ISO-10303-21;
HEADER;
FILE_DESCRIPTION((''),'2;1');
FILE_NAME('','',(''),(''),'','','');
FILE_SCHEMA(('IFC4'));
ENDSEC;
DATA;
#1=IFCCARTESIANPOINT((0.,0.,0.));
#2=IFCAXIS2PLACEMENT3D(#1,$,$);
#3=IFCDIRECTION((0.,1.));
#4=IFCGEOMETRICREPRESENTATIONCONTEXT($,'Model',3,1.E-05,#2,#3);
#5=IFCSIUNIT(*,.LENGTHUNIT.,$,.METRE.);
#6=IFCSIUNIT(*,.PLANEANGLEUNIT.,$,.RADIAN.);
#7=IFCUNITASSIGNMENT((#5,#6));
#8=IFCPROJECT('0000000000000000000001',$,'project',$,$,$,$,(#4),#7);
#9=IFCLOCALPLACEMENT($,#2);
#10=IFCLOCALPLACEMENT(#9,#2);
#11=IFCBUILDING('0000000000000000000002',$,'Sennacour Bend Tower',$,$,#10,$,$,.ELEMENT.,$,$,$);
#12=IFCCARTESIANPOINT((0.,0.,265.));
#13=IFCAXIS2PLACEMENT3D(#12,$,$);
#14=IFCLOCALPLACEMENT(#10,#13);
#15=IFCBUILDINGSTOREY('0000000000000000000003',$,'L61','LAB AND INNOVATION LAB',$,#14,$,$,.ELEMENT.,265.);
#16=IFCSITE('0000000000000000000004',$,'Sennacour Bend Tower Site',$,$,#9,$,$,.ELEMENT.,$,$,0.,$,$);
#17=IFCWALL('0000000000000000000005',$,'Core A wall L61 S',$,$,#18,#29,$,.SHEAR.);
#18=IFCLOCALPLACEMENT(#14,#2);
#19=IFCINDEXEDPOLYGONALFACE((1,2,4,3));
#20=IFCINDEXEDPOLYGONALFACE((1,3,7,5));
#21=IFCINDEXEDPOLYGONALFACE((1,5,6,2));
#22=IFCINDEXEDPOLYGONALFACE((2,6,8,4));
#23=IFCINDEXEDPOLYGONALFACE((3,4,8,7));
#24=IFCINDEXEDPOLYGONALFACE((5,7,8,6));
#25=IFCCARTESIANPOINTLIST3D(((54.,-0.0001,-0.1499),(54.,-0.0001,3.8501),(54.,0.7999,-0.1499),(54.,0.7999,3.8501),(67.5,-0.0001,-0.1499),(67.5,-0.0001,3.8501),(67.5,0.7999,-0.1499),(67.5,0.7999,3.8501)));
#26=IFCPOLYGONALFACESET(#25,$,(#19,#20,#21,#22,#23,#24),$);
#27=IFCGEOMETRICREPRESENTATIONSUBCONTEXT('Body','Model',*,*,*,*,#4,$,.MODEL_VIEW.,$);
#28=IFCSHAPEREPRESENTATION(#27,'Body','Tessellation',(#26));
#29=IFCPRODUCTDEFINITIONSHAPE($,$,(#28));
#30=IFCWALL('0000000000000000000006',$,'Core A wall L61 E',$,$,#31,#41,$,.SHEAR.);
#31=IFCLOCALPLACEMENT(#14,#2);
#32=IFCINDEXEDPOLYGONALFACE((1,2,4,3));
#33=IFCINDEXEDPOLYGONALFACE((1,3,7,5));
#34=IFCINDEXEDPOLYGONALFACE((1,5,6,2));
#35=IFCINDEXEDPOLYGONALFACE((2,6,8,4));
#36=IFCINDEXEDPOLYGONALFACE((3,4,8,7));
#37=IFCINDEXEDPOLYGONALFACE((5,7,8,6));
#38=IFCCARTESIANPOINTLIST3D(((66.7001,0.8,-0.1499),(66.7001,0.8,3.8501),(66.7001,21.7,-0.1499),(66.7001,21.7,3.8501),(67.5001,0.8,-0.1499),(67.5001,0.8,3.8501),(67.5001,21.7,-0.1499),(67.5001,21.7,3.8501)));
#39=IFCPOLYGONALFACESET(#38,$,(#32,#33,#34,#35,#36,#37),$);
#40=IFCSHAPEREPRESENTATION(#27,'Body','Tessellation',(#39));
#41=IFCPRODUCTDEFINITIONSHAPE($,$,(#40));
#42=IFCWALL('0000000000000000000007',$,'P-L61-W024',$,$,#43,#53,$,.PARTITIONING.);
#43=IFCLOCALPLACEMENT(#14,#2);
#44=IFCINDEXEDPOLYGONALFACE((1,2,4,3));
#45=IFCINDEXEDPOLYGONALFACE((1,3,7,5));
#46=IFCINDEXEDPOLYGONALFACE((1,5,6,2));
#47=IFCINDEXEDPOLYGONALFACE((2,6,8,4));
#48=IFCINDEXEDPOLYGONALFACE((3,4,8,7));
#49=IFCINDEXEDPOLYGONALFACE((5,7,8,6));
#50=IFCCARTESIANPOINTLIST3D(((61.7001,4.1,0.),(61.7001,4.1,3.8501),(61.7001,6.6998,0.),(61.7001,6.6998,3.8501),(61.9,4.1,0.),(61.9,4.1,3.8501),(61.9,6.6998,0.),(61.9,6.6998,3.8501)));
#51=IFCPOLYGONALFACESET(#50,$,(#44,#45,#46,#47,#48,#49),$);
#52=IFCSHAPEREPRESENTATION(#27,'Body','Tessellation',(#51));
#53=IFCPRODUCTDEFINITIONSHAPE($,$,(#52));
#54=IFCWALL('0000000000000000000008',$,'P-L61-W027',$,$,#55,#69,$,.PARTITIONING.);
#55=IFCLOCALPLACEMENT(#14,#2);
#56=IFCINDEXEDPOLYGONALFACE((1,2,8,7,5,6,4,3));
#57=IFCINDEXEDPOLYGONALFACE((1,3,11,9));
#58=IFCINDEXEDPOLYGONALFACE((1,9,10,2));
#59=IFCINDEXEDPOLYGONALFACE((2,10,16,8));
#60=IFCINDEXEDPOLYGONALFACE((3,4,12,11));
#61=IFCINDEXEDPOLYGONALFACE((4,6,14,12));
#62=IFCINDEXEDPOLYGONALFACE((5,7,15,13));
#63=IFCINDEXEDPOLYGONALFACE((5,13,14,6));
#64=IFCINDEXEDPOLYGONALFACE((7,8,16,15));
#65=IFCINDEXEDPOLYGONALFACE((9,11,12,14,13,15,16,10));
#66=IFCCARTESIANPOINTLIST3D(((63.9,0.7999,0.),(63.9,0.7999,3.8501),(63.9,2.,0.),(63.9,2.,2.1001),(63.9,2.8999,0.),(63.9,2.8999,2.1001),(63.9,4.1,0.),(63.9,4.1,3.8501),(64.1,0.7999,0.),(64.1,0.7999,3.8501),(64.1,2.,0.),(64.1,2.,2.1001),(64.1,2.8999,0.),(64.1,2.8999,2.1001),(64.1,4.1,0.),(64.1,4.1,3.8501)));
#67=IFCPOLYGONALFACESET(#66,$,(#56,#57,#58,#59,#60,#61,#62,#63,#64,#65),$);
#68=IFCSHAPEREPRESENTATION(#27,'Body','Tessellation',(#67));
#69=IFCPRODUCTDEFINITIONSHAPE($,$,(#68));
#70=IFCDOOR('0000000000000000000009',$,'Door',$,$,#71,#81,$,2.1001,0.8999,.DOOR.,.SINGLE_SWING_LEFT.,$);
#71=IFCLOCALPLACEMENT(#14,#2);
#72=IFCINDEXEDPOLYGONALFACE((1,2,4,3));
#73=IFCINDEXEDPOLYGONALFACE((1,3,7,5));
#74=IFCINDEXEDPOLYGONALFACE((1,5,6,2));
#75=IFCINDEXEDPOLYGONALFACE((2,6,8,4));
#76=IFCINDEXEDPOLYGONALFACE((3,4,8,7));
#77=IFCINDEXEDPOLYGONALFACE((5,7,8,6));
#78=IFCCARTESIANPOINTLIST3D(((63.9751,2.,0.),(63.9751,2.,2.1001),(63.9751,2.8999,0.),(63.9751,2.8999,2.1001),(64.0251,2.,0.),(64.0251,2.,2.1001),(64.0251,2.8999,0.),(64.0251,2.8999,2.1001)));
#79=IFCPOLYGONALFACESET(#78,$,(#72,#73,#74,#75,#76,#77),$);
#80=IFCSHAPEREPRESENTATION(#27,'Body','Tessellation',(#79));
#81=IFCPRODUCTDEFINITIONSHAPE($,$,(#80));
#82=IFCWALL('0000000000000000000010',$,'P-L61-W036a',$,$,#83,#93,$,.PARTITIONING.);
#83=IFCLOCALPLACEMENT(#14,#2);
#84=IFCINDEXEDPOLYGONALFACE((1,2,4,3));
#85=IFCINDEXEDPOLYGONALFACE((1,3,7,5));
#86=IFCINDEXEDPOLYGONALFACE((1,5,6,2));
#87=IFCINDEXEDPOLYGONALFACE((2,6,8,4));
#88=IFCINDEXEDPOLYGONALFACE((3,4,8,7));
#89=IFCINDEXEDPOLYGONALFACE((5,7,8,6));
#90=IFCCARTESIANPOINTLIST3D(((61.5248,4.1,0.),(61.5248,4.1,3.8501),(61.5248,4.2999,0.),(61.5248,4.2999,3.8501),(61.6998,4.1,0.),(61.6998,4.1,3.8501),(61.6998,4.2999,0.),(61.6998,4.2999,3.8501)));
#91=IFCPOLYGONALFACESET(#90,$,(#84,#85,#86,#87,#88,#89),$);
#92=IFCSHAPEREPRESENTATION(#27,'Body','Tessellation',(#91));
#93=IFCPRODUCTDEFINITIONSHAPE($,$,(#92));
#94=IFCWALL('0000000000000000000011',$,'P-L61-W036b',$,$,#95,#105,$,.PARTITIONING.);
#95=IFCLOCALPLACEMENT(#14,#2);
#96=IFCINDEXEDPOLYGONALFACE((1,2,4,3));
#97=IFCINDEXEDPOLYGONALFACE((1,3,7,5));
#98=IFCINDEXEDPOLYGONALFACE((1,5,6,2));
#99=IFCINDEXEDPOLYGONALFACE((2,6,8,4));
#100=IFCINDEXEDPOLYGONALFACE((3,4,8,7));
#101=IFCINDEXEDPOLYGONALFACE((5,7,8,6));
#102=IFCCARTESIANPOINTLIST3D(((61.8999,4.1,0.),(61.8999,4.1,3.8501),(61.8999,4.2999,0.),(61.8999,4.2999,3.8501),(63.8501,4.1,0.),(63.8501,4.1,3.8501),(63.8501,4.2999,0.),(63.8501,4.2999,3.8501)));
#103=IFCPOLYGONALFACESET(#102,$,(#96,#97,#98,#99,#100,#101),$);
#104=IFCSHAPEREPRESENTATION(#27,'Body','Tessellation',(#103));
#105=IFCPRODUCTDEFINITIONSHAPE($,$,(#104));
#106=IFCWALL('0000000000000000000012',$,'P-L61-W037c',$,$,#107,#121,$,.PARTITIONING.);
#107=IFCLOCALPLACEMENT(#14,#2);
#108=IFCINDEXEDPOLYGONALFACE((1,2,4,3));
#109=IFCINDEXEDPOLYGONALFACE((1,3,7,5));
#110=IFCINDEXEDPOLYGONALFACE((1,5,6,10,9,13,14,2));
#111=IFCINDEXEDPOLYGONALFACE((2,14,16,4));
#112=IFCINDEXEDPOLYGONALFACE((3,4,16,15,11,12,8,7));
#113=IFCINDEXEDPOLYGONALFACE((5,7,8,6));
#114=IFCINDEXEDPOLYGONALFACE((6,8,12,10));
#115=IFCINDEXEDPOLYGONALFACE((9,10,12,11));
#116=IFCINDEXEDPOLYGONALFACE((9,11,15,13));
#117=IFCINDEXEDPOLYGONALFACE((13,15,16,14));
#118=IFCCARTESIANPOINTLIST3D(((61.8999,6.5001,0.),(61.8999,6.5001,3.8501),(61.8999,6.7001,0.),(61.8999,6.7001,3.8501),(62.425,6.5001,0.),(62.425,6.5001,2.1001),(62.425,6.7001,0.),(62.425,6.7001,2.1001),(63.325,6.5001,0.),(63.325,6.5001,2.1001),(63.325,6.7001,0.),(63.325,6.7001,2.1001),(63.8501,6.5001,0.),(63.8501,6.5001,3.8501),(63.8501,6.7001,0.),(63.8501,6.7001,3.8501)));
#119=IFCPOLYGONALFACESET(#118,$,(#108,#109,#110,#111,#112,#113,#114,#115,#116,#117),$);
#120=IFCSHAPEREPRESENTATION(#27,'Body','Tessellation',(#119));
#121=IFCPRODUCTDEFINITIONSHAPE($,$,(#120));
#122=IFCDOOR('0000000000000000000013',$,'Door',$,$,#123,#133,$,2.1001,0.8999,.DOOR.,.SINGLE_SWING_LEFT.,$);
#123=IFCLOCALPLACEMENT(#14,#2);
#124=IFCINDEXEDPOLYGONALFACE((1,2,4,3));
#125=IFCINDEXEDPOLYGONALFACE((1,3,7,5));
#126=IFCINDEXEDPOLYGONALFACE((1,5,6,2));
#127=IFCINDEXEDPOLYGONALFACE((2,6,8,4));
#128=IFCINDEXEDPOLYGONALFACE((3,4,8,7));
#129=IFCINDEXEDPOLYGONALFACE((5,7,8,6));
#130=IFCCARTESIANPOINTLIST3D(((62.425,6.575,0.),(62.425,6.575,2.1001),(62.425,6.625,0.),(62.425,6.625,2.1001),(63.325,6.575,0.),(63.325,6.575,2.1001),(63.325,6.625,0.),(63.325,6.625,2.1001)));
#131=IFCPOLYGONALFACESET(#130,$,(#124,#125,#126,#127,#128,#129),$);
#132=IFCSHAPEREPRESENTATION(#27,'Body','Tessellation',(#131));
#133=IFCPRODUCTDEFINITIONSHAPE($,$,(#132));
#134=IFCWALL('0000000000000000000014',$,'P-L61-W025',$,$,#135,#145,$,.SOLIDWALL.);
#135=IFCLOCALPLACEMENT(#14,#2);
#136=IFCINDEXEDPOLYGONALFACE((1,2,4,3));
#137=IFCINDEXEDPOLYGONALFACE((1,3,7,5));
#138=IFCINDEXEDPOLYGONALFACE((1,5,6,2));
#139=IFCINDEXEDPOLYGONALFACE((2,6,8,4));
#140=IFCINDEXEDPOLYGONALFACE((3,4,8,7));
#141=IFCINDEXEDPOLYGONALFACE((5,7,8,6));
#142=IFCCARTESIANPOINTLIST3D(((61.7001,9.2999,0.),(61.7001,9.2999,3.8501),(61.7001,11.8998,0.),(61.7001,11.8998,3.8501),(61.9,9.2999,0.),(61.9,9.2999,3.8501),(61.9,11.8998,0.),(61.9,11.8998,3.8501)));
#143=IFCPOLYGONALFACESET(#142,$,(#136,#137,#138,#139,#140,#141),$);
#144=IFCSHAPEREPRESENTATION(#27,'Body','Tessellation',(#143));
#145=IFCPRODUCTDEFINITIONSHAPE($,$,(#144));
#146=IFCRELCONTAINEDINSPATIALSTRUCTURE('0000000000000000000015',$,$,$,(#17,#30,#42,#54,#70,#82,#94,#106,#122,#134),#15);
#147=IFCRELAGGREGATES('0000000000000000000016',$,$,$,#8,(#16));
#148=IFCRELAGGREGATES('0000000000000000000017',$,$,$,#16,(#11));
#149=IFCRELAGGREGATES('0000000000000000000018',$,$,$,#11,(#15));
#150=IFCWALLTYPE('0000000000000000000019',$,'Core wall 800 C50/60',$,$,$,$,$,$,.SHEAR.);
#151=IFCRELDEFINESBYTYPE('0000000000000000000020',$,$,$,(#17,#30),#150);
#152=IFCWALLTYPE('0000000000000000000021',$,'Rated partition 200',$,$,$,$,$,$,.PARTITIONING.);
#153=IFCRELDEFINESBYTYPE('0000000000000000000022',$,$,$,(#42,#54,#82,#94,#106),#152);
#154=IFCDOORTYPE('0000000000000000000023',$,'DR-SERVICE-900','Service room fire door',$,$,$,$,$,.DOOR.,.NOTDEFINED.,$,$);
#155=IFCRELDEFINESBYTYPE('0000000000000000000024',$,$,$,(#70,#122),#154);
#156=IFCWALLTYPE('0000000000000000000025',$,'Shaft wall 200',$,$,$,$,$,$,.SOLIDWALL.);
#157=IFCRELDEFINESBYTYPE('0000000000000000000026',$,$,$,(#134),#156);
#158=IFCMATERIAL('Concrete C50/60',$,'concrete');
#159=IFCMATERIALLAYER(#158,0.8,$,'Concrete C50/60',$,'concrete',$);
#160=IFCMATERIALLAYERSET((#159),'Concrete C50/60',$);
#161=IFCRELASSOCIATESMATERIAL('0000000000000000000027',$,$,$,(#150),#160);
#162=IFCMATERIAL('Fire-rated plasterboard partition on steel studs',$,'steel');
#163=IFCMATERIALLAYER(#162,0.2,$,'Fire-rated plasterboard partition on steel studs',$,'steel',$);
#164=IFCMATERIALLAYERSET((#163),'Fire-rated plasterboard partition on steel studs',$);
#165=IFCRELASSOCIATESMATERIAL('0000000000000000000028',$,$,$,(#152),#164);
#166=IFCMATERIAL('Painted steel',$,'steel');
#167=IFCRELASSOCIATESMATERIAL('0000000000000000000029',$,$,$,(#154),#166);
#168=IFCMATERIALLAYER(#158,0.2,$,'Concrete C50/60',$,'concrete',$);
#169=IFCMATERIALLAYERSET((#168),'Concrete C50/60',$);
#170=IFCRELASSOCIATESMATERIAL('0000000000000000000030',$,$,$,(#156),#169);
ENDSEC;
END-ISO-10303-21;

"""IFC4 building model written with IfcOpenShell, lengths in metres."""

from ifc_helpers import new_model, si_unit, direction, frame, frame_2d, origin, place, context, subcontext, project, spatial, rectangle, extrude, material, layer, layer_set, type_object, element, fill, save


model = new_model("IFC4")

# Units and contexts
model_context = context("Model", 3, precision=1e-05, world=origin(), true_north=direction((0.0, 1.0)))
body_context = subcontext(model_context, "Body", "Model", "MODEL_VIEW")
ifc_project = project(units=[si_unit("LENGTHUNIT", "METRE"), si_unit("PLANEANGLEUNIT", "RADIAN")], contexts=[model_context])

# Site, building, storey
site_placement = place(None, origin())
site = spatial("IfcSite", under=ifc_project, at=site_placement, Name="Sennacour Bend Tower Site", CompositionType="ELEMENT", RefElevation=0.0)
building_placement = place(site_placement, origin())
building = spatial("IfcBuilding", under=site, at=building_placement, Name="Sennacour Bend Tower", CompositionType="ELEMENT")
storey_placement = place(building_placement, frame((0.0, 0.0, 265.0)))
storey = spatial("IfcBuildingStorey", under=building, at=storey_placement, Name="L61", Description="LAB AND INNOVATION LAB", CompositionType="ELEMENT", Elevation=265.0)

# Walls
ifc_material_1 = material(Name="Concrete C50/60", Category="concrete")
ifc_layer_1 = layer(ifc_material_1, 0.8, Name="Concrete C50/60", Category="concrete")
ifc_layer_set_1 = layer_set([ifc_layer_1], Name="Concrete C50/60")
wall_type_1 = type_object("IfcWallType", Name="Core wall 800 C50/60", PredefinedType="SHEAR", material=ifc_layer_set_1)
wall_1_placement = place(storey_placement, frame((67.5, 0.3999, -0.1499), z_axis=(0.0, 0.0, 1.0), x_axis=(-1.0, 0.0, 0.0)))
element("IfcWall", 1, at=wall_1_placement, inside=storey, type_object=wall_type_1, Name="Core A wall L61 S", PredefinedType="SHEAR", context=body_context, shape_type="SweptSolid", body=[
    extrude(rectangle(XDim=13.5, YDim=0.8, at=frame_2d((6.75, 0.0))), origin(), (0.0, 0.0, 1.0), 4.0),
])
wall_2_placement = place(storey_placement, frame((67.1001, 0.8, -0.1499), z_axis=(0.0, 0.0, 1.0), x_axis=(0.0, 1.0, 0.0)))
element("IfcWall", 2, at=wall_2_placement, inside=storey, type_object=wall_type_1, Name="Core A wall L61 E", PredefinedType="SHEAR", context=body_context, shape_type="SweptSolid", body=[
    extrude(rectangle(XDim=20.8999, YDim=0.8, at=frame_2d((10.45, 0.0))), origin(), (0.0, 0.0, 1.0), 4.0),
])
ifc_material_2 = material(Name="Fire-rated plasterboard partition on steel studs", Category="steel")
ifc_layer_2 = layer(ifc_material_2, 0.2, Name="Fire-rated plasterboard partition on steel studs", Category="steel")
ifc_layer_set_2 = layer_set([ifc_layer_2], Name="Fire-rated plasterboard partition on steel studs")
wall_type_2 = type_object("IfcWallType", Name="Rated partition 200", PredefinedType="PARTITIONING", material=ifc_layer_set_2)
wall_3_placement = place(storey_placement, frame((61.8, 4.1001, 0.0), z_axis=(0.0, 0.0, 1.0), x_axis=(0.0, 1.0, 0.0)))
element("IfcWall", 3, at=wall_3_placement, inside=storey, type_object=wall_type_2, Name="P-L61-W024", PredefinedType="PARTITIONING", context=body_context, shape_type="SweptSolid", body=[
    extrude(rectangle(XDim=2.5999, YDim=0.2, at=frame_2d((1.2998, 0.0))), origin(), (0.0, 0.0, 1.0), 3.8501),
])

# Wall, opening, door
wall_4_placement = place(storey_placement, frame((64.0, 0.8, 0.0), z_axis=(0.0, 0.0, 1.0), x_axis=(0.0, 1.0, 0.0)))
wall_4 = element("IfcWall", 4, at=wall_4_placement, inside=storey, type_object=wall_type_2, Name="P-L61-W027", PredefinedType="PARTITIONING", context=body_context, shape_type="SweptSolid", body=[
    extrude(rectangle(XDim=3.3, YDim=0.2, at=frame_2d((1.6499, 0.0))), origin(), (0.0, 0.0, 1.0), 3.8501),
])
opening_1_placement = place(wall_4_placement, frame((1.2, 0.0, 0.0)))
opening_1 = element("IfcOpeningElement", 5, at=opening_1_placement, cuts=wall_4, PredefinedType="OPENING", context=body_context, shape_type="SweptSolid", body=[
    extrude(rectangle(XDim=0.8999, YDim=2.1001, at=frame_2d((0.45, 1.05))), frame((0.0, 0.1099, 0.0), z_axis=(0.0, -1.0, 0.0), x_axis=(1.0, 0.0, 0.0)), (0.0, 0.0, 1.0), 0.22),
])
ifc_material_3 = material(Name="Painted steel", Category="steel")
door_type_1 = type_object("IfcDoorType", Name="DR-SERVICE-900", Description="Service room fire door", OperationType="NOTDEFINED", PredefinedType="DOOR", material=ifc_material_3)
door_1_placement = place(opening_1_placement, origin())
door_1 = element("IfcDoor", 6, at=door_1_placement, inside=storey, type_object=door_type_1, Name="Door", OperationType="SINGLE_SWING_LEFT", OverallHeight=2.1001, OverallWidth=0.8999, PredefinedType="DOOR", context=body_context, shape_type="SweptSolid", body=[
    extrude(rectangle(XDim=0.8999, YDim=2.1001, at=frame_2d((0.45, 1.05))), frame((0.0, 0.0249, 0.0), z_axis=(0.0, -1.0, 0.0), x_axis=(1.0, 0.0, 0.0)), (0.0, 0.0, 1.0), 0.05),
])
fill(opening_1, door_1)

# Walls
wall_5_placement = place(storey_placement, frame((61.5249, 4.2, 0.0), z_axis=(0.0, 0.0, 1.0), x_axis=(1.0, 0.0, 0.0)))
element("IfcWall", 7, at=wall_5_placement, inside=storey, type_object=wall_type_2, Name="P-L61-W036a", PredefinedType="PARTITIONING", context=body_context, shape_type="SweptSolid", body=[
    extrude(rectangle(XDim=0.175, YDim=0.2, at=frame_2d((0.0874, 0.0))), origin(), (0.0, 0.0, 1.0), 3.8501),
])
wall_6_placement = place(storey_placement, frame((61.8999, 4.2, 0.0), z_axis=(0.0, 0.0, 1.0), x_axis=(1.0, 0.0, 0.0)))
element("IfcWall", 8, at=wall_6_placement, inside=storey, type_object=wall_type_2, Name="P-L61-W036b", PredefinedType="PARTITIONING", context=body_context, shape_type="SweptSolid", body=[
    extrude(rectangle(XDim=1.9502, YDim=0.2, at=frame_2d((0.9751, 0.0))), origin(), (0.0, 0.0, 1.0), 3.8501),
])

# Wall, opening, door
wall_7_placement = place(storey_placement, frame((61.8999, 6.6001, 0.0), z_axis=(0.0, 0.0, 1.0), x_axis=(1.0, 0.0, 0.0)))
wall_7 = element("IfcWall", 9, at=wall_7_placement, inside=storey, type_object=wall_type_2, Name="P-L61-W037c", PredefinedType="PARTITIONING", context=body_context, shape_type="SweptSolid", body=[
    extrude(rectangle(XDim=1.9502, YDim=0.2, at=frame_2d((0.9751, 0.0))), origin(), (0.0, 0.0, 1.0), 3.8501),
])
opening_2_placement = place(wall_7_placement, frame((0.5251, 0.0, 0.0)))
opening_2 = element("IfcOpeningElement", 10, at=opening_2_placement, cuts=wall_7, PredefinedType="OPENING", context=body_context, shape_type="SweptSolid", body=[
    extrude(rectangle(XDim=0.8999, YDim=2.1001, at=frame_2d((0.45, 1.05))), frame((0.0, 0.1099, 0.0), z_axis=(0.0, -1.0, 0.0), x_axis=(1.0, 0.0, 0.0)), (0.0, 0.0, 1.0), 0.22),
])
door_2_placement = place(opening_2_placement, origin())
door_2 = element("IfcDoor", 11, at=door_2_placement, inside=storey, type_object=door_type_1, Name="Door", OperationType="SINGLE_SWING_LEFT", OverallHeight=2.1001, OverallWidth=0.8999, PredefinedType="DOOR", context=body_context, shape_type="SweptSolid", body=[
    extrude(rectangle(XDim=0.8999, YDim=2.1001, at=frame_2d((0.45, 1.05))), frame((0.0, 0.0249, 0.0), z_axis=(0.0, -1.0, 0.0), x_axis=(1.0, 0.0, 0.0)), (0.0, 0.0, 1.0), 0.05),
])
fill(opening_2, door_2)

# Wall
ifc_layer_3 = layer(ifc_material_1, 0.2, Name="Concrete C50/60", Category="concrete")
ifc_layer_set_3 = layer_set([ifc_layer_3], Name="Concrete C50/60")
wall_type_3 = type_object("IfcWallType", Name="Shaft wall 200", PredefinedType="SOLIDWALL", material=ifc_layer_set_3)
wall_8_placement = place(storey_placement, frame((61.8, 9.3, 0.0), z_axis=(0.0, 0.0, 1.0), x_axis=(0.0, 1.0, 0.0)))
element("IfcWall", 12, at=wall_8_placement, inside=storey, type_object=wall_type_3, Name="P-L61-W025", PredefinedType="SOLIDWALL", context=body_context, shape_type="SweptSolid", body=[
    extrude(rectangle(XDim=2.5999, YDim=0.2, at=frame_2d((1.2998, 0.0))), origin(), (0.0, 0.0, 1.0), 3.8501),
])

save(model, "model.ifc")
